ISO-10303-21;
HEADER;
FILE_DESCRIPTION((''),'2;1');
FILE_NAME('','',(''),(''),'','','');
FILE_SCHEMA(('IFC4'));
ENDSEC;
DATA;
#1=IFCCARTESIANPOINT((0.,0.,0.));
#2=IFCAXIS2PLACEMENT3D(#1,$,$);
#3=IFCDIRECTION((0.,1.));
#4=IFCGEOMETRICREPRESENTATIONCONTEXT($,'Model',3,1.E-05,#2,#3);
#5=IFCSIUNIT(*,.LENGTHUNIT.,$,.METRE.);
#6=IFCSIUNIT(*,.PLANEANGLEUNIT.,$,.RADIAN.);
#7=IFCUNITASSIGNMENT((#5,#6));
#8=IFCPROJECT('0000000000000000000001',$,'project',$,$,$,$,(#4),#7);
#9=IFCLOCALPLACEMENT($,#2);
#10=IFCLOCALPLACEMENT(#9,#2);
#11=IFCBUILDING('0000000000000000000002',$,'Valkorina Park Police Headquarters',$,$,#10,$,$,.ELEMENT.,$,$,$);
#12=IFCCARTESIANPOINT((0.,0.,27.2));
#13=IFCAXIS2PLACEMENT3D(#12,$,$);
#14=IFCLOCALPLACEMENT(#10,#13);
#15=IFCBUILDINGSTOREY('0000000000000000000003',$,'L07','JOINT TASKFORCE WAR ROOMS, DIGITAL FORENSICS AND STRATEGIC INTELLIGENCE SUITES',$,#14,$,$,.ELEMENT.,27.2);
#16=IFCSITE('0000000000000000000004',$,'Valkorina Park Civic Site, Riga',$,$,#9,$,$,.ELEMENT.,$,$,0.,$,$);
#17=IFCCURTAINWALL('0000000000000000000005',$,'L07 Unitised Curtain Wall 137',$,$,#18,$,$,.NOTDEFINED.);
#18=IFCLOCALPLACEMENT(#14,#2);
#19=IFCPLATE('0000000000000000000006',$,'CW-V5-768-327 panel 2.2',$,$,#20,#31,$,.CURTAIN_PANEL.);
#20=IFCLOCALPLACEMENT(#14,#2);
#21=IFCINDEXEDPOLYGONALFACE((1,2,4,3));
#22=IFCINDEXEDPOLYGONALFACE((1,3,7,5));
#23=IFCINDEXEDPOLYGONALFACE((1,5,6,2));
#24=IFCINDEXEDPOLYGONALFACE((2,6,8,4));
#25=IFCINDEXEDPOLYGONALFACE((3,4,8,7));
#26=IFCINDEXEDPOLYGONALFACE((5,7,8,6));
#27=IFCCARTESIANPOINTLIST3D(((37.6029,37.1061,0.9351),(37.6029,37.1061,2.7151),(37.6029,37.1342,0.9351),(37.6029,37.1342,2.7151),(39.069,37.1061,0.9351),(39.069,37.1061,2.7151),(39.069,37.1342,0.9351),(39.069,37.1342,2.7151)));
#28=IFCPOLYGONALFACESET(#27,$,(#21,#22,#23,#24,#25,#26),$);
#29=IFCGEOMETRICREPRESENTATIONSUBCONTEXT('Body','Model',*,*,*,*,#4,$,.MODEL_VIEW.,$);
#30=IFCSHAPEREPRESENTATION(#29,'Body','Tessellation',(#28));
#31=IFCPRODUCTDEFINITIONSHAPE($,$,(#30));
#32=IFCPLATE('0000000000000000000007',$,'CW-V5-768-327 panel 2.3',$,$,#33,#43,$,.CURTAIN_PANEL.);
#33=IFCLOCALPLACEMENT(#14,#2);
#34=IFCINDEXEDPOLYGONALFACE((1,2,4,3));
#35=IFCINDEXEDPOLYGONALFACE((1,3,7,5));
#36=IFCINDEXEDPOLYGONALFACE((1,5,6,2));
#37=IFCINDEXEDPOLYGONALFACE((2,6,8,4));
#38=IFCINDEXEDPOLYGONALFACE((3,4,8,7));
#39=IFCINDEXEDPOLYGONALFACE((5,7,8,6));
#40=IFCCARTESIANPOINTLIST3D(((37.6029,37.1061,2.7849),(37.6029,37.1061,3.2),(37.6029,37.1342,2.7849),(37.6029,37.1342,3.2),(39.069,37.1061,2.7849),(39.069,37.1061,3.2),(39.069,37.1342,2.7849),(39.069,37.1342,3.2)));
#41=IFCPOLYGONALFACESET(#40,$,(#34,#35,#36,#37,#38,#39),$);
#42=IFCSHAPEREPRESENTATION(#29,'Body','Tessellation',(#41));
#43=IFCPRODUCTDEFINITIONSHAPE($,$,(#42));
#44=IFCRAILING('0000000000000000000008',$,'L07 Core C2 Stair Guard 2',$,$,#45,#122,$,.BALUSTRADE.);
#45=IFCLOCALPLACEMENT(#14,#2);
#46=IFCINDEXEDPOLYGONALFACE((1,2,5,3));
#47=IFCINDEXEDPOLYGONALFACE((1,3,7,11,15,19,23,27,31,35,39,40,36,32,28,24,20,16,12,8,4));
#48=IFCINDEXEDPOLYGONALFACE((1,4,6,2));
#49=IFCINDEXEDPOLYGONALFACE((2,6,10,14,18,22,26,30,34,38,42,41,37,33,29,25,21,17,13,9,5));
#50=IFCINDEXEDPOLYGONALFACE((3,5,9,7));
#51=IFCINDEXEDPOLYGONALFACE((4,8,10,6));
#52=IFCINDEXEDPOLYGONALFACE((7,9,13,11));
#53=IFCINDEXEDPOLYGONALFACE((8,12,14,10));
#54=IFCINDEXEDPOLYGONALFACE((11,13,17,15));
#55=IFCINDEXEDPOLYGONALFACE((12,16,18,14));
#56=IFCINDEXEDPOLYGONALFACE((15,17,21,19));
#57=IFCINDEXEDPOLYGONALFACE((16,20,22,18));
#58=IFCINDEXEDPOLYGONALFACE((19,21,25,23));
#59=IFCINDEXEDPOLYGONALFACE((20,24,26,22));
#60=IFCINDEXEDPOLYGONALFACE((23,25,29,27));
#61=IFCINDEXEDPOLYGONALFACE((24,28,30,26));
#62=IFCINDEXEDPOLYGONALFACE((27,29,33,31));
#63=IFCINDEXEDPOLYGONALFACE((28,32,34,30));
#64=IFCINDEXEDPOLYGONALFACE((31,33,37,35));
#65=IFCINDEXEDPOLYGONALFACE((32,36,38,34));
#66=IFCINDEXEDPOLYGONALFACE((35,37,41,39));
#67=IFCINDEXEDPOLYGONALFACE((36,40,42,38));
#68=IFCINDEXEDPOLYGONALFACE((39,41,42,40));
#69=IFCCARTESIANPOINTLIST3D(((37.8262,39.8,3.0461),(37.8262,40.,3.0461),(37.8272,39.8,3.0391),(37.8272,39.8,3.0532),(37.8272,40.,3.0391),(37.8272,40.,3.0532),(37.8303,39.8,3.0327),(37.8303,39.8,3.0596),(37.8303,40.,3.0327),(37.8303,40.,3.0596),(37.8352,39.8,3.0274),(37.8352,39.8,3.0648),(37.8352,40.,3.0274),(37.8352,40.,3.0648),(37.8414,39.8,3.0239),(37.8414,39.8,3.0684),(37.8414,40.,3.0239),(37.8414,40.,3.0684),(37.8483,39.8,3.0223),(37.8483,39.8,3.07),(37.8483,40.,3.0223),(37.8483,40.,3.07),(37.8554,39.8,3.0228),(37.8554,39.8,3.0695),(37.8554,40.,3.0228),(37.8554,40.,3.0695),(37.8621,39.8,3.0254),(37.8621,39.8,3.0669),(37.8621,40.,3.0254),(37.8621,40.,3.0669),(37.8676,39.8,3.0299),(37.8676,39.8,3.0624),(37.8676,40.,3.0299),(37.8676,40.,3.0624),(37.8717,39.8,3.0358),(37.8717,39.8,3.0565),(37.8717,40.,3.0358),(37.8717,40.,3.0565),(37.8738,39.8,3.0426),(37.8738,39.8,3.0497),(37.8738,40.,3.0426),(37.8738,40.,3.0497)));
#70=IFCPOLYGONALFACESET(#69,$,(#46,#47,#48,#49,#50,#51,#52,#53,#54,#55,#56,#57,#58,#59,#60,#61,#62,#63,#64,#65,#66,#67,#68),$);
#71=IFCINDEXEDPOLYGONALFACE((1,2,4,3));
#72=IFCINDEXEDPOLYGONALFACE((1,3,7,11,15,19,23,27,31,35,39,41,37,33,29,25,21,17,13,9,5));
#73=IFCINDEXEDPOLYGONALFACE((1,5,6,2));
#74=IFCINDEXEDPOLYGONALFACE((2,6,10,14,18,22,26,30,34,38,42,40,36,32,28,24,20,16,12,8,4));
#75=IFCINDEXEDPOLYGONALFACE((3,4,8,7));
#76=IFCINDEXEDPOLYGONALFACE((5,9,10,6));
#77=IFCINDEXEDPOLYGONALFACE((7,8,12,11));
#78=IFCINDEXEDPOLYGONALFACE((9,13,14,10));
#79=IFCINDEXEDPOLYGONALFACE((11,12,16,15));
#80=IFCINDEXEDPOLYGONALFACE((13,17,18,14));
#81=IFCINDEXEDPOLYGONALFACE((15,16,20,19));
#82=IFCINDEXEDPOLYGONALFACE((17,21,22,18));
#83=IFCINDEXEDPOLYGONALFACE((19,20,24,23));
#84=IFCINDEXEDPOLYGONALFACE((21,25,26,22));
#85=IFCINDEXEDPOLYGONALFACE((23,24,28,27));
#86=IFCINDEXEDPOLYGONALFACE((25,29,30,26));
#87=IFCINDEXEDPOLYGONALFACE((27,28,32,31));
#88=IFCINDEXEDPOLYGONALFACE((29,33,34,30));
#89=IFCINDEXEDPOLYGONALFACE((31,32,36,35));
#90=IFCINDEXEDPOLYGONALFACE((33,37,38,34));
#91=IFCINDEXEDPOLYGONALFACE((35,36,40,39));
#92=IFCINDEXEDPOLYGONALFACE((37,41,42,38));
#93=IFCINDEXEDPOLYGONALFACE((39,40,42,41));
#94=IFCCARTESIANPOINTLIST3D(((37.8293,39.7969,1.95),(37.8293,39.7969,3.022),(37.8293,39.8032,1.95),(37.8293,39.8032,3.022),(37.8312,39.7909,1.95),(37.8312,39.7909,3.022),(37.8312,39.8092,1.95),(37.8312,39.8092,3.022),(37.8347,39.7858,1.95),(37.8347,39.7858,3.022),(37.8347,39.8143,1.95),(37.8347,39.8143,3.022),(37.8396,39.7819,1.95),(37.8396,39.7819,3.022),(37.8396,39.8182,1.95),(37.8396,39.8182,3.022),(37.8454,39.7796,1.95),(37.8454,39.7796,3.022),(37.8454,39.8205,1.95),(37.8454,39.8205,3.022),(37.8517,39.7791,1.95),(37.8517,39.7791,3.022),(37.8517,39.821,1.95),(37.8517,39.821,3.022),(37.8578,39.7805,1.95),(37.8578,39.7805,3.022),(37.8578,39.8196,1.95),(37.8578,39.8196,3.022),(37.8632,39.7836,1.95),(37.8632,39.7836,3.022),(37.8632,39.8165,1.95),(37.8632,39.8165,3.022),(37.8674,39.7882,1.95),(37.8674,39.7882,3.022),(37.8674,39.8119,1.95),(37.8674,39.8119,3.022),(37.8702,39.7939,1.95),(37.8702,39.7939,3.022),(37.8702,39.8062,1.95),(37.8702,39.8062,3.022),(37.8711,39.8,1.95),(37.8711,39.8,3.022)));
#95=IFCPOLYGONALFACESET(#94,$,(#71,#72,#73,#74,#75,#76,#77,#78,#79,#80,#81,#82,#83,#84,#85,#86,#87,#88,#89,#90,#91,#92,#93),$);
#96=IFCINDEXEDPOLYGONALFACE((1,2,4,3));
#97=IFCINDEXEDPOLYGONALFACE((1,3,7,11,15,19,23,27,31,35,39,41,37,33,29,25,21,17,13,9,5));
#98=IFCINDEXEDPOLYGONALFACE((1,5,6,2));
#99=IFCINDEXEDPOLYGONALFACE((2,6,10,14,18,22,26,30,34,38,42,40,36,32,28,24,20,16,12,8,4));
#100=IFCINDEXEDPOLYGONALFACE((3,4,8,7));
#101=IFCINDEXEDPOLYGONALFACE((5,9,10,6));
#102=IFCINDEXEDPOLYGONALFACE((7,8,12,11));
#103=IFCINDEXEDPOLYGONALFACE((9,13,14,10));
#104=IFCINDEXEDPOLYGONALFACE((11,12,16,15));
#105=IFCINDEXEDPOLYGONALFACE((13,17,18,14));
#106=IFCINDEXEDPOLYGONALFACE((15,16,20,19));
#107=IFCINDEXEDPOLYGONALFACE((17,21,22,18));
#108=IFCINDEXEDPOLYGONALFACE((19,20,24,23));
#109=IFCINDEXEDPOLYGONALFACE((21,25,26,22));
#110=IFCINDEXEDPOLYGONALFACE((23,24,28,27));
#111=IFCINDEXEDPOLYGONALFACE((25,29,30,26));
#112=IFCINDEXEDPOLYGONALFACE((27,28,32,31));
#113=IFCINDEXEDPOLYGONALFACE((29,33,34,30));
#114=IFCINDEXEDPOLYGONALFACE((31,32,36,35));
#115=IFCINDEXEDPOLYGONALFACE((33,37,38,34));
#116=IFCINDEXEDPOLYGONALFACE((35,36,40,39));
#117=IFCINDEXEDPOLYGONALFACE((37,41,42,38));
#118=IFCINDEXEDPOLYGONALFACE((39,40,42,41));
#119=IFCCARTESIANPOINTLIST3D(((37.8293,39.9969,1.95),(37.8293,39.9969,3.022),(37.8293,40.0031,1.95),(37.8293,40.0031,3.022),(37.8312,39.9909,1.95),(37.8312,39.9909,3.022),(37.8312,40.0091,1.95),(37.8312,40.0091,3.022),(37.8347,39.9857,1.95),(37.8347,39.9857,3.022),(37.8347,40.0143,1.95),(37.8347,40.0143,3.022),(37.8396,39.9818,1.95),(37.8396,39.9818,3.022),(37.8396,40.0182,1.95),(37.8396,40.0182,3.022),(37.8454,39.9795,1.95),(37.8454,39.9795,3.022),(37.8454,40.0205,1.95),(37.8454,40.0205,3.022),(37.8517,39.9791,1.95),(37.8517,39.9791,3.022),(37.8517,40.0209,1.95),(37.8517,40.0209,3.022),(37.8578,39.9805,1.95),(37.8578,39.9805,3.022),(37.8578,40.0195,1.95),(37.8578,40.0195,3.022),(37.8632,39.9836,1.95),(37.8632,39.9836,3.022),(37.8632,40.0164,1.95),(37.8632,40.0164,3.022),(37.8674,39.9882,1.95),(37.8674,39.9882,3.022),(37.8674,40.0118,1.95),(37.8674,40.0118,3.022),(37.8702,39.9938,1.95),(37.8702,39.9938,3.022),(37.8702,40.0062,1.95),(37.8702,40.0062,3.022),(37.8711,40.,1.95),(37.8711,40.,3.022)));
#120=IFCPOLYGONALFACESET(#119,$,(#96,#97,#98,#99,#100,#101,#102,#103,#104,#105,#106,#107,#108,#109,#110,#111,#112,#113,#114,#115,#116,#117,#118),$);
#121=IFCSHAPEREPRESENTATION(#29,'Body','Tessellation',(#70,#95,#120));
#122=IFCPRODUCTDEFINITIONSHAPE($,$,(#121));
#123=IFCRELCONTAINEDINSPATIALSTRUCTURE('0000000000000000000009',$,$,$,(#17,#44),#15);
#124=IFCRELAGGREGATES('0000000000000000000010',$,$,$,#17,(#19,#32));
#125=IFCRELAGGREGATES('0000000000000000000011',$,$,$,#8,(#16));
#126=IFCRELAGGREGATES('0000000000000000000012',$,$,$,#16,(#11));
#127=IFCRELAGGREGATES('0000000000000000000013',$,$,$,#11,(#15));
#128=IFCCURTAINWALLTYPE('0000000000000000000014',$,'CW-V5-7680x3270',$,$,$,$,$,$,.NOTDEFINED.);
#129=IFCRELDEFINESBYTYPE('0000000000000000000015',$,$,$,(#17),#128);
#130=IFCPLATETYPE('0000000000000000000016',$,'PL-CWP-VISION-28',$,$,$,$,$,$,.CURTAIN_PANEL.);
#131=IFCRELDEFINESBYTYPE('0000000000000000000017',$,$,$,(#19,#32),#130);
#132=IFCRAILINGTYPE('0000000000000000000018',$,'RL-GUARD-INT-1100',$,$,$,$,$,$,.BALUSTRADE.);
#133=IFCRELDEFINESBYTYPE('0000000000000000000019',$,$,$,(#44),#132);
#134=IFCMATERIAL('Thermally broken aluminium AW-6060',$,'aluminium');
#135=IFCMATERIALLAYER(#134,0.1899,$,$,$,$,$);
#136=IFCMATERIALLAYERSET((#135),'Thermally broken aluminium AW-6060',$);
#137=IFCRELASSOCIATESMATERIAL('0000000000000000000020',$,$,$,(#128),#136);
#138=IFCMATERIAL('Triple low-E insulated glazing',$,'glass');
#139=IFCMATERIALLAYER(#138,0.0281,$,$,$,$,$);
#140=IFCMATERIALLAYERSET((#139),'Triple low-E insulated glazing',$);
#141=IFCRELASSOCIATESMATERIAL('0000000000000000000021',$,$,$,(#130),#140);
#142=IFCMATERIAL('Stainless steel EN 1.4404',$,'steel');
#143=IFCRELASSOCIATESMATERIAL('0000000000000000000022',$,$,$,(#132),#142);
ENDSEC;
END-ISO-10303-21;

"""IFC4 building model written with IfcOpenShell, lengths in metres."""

from ifc_helpers import new_model, si_unit, direction, frame, origin, origin_2d, place, context, subcontext, project, spatial, rectangle, circle, extrude, material, layer, layer_set, type_object, element, aggregate, save


model = new_model("IFC4")

# Units and contexts
model_context = context("Model", 3, precision=1e-05, world=origin(), true_north=direction((0.0, 1.0)))
body_context = subcontext(model_context, "Body", "Model", "MODEL_VIEW")
ifc_project = project(units=[si_unit("LENGTHUNIT", "METRE"), si_unit("PLANEANGLEUNIT", "RADIAN")], contexts=[model_context])

# Site, building, storey
site_placement = place(None, origin())
site = spatial("IfcSite", under=ifc_project, at=site_placement, Name="Valkorina Park Civic Site, Riga", CompositionType="ELEMENT", RefElevation=0.0)
building_placement = place(site_placement, origin())
building = spatial("IfcBuilding", under=site, at=building_placement, Name="Valkorina Park Police Headquarters", CompositionType="ELEMENT")
storey_placement = place(building_placement, frame((0.0, 0.0, 27.2)))
storey = spatial("IfcBuildingStorey", under=building, at=storey_placement, Name="L07", Description="JOINT TASKFORCE WAR ROOMS, DIGITAL FORENSICS AND STRATEGIC INTELLIGENCE SUITES", CompositionType="ELEMENT", Elevation=27.2)

# Curtain wall, plates
ifc_material_1 = material(Name="Thermally broken aluminium AW-6060", Category="aluminium")
ifc_layer_1 = layer(ifc_material_1, 0.1899)
ifc_layer_set_1 = layer_set([ifc_layer_1], Name="Thermally broken aluminium AW-6060")
curtain_wall_type = type_object("IfcCurtainWallType", Name="CW-V5-7680x3270", PredefinedType="NOTDEFINED", material=ifc_layer_set_1)
curtain_wall_placement = place(storey_placement, origin())
curtain_wall = element("IfcCurtainWall", 1, at=curtain_wall_placement, inside=storey, type_object=curtain_wall_type, Name="L07 Unitised Curtain Wall 137", PredefinedType="NOTDEFINED")
ifc_material_2 = material(Name="Triple low-E insulated glazing", Category="glass")
ifc_layer_2 = layer(ifc_material_2, 0.0281)
ifc_layer_set_2 = layer_set([ifc_layer_2], Name="Triple low-E insulated glazing")
plate_type_1 = type_object("IfcPlateType", Name="PL-CWP-VISION-28", PredefinedType="CURTAIN_PANEL", material=ifc_layer_set_2)
plate_1_placement = place(storey_placement, frame((38.3359, 37.1201, 0.9351), z_axis=(0.0, 0.0, 1.0), x_axis=(-1.0, 0.0, 0.0)))
plate_1 = element("IfcPlate", 2, at=plate_1_placement, type_object=plate_type_1, Name="CW-V5-768-327 panel 2.2", PredefinedType="CURTAIN_PANEL", context=body_context, shape_type="SweptSolid", body=[
    extrude(rectangle(XDim=1.4661, YDim=0.0281, at=origin_2d()), origin(), (0.0, 0.0, 1.0), 1.78),
])
plate_2_placement = place(storey_placement, frame((38.3359, 37.1201, 2.7849), z_axis=(0.0, 0.0, 1.0), x_axis=(-1.0, 0.0, 0.0)))
plate_2 = element("IfcPlate", 3, at=plate_2_placement, type_object=plate_type_1, Name="CW-V5-768-327 panel 2.3", PredefinedType="CURTAIN_PANEL", context=body_context, shape_type="SweptSolid", body=[
    extrude(rectangle(XDim=1.4661, YDim=0.0281, at=origin_2d()), origin(), (0.0, 0.0, 1.0), 0.415),
])
aggregate(curtain_wall, [plate_1, plate_2])

# Railing
ifc_material_3 = material(Name="Stainless steel EN 1.4404", Category="steel")
railing_type_1 = type_object("IfcRailingType", Name="RL-GUARD-INT-1100", PredefinedType="BALUSTRADE", material=ifc_material_3)
railing_1_placement = place(storey_placement, frame((37.8501, 39.8, 1.95)))
element("IfcRailing", 4, at=railing_1_placement, inside=storey, type_object=railing_type_1, Name="L07 Core C2 Stair Guard 2", PredefinedType="BALUSTRADE", context=body_context, shape_type="SweptSolid", body=[
    extrude(circle(Radius=0.0239, at=origin_2d()), frame((0.0, 0.0, 1.0962), z_axis=(0.0, 1.0, 0.0), x_axis=(-1.0, 0.0, 0.0)), (0.0, 0.0, 1.0), 0.2),
    extrude(circle(Radius=0.021, at=origin_2d()), origin(), (0.0, 0.0, 1.0), 1.072),
    extrude(circle(Radius=0.021, at=origin_2d()), frame((0.0, 0.2, 0.0)), (0.0, 0.0, 1.0), 1.072),
])

save(model, "model.ifc")
